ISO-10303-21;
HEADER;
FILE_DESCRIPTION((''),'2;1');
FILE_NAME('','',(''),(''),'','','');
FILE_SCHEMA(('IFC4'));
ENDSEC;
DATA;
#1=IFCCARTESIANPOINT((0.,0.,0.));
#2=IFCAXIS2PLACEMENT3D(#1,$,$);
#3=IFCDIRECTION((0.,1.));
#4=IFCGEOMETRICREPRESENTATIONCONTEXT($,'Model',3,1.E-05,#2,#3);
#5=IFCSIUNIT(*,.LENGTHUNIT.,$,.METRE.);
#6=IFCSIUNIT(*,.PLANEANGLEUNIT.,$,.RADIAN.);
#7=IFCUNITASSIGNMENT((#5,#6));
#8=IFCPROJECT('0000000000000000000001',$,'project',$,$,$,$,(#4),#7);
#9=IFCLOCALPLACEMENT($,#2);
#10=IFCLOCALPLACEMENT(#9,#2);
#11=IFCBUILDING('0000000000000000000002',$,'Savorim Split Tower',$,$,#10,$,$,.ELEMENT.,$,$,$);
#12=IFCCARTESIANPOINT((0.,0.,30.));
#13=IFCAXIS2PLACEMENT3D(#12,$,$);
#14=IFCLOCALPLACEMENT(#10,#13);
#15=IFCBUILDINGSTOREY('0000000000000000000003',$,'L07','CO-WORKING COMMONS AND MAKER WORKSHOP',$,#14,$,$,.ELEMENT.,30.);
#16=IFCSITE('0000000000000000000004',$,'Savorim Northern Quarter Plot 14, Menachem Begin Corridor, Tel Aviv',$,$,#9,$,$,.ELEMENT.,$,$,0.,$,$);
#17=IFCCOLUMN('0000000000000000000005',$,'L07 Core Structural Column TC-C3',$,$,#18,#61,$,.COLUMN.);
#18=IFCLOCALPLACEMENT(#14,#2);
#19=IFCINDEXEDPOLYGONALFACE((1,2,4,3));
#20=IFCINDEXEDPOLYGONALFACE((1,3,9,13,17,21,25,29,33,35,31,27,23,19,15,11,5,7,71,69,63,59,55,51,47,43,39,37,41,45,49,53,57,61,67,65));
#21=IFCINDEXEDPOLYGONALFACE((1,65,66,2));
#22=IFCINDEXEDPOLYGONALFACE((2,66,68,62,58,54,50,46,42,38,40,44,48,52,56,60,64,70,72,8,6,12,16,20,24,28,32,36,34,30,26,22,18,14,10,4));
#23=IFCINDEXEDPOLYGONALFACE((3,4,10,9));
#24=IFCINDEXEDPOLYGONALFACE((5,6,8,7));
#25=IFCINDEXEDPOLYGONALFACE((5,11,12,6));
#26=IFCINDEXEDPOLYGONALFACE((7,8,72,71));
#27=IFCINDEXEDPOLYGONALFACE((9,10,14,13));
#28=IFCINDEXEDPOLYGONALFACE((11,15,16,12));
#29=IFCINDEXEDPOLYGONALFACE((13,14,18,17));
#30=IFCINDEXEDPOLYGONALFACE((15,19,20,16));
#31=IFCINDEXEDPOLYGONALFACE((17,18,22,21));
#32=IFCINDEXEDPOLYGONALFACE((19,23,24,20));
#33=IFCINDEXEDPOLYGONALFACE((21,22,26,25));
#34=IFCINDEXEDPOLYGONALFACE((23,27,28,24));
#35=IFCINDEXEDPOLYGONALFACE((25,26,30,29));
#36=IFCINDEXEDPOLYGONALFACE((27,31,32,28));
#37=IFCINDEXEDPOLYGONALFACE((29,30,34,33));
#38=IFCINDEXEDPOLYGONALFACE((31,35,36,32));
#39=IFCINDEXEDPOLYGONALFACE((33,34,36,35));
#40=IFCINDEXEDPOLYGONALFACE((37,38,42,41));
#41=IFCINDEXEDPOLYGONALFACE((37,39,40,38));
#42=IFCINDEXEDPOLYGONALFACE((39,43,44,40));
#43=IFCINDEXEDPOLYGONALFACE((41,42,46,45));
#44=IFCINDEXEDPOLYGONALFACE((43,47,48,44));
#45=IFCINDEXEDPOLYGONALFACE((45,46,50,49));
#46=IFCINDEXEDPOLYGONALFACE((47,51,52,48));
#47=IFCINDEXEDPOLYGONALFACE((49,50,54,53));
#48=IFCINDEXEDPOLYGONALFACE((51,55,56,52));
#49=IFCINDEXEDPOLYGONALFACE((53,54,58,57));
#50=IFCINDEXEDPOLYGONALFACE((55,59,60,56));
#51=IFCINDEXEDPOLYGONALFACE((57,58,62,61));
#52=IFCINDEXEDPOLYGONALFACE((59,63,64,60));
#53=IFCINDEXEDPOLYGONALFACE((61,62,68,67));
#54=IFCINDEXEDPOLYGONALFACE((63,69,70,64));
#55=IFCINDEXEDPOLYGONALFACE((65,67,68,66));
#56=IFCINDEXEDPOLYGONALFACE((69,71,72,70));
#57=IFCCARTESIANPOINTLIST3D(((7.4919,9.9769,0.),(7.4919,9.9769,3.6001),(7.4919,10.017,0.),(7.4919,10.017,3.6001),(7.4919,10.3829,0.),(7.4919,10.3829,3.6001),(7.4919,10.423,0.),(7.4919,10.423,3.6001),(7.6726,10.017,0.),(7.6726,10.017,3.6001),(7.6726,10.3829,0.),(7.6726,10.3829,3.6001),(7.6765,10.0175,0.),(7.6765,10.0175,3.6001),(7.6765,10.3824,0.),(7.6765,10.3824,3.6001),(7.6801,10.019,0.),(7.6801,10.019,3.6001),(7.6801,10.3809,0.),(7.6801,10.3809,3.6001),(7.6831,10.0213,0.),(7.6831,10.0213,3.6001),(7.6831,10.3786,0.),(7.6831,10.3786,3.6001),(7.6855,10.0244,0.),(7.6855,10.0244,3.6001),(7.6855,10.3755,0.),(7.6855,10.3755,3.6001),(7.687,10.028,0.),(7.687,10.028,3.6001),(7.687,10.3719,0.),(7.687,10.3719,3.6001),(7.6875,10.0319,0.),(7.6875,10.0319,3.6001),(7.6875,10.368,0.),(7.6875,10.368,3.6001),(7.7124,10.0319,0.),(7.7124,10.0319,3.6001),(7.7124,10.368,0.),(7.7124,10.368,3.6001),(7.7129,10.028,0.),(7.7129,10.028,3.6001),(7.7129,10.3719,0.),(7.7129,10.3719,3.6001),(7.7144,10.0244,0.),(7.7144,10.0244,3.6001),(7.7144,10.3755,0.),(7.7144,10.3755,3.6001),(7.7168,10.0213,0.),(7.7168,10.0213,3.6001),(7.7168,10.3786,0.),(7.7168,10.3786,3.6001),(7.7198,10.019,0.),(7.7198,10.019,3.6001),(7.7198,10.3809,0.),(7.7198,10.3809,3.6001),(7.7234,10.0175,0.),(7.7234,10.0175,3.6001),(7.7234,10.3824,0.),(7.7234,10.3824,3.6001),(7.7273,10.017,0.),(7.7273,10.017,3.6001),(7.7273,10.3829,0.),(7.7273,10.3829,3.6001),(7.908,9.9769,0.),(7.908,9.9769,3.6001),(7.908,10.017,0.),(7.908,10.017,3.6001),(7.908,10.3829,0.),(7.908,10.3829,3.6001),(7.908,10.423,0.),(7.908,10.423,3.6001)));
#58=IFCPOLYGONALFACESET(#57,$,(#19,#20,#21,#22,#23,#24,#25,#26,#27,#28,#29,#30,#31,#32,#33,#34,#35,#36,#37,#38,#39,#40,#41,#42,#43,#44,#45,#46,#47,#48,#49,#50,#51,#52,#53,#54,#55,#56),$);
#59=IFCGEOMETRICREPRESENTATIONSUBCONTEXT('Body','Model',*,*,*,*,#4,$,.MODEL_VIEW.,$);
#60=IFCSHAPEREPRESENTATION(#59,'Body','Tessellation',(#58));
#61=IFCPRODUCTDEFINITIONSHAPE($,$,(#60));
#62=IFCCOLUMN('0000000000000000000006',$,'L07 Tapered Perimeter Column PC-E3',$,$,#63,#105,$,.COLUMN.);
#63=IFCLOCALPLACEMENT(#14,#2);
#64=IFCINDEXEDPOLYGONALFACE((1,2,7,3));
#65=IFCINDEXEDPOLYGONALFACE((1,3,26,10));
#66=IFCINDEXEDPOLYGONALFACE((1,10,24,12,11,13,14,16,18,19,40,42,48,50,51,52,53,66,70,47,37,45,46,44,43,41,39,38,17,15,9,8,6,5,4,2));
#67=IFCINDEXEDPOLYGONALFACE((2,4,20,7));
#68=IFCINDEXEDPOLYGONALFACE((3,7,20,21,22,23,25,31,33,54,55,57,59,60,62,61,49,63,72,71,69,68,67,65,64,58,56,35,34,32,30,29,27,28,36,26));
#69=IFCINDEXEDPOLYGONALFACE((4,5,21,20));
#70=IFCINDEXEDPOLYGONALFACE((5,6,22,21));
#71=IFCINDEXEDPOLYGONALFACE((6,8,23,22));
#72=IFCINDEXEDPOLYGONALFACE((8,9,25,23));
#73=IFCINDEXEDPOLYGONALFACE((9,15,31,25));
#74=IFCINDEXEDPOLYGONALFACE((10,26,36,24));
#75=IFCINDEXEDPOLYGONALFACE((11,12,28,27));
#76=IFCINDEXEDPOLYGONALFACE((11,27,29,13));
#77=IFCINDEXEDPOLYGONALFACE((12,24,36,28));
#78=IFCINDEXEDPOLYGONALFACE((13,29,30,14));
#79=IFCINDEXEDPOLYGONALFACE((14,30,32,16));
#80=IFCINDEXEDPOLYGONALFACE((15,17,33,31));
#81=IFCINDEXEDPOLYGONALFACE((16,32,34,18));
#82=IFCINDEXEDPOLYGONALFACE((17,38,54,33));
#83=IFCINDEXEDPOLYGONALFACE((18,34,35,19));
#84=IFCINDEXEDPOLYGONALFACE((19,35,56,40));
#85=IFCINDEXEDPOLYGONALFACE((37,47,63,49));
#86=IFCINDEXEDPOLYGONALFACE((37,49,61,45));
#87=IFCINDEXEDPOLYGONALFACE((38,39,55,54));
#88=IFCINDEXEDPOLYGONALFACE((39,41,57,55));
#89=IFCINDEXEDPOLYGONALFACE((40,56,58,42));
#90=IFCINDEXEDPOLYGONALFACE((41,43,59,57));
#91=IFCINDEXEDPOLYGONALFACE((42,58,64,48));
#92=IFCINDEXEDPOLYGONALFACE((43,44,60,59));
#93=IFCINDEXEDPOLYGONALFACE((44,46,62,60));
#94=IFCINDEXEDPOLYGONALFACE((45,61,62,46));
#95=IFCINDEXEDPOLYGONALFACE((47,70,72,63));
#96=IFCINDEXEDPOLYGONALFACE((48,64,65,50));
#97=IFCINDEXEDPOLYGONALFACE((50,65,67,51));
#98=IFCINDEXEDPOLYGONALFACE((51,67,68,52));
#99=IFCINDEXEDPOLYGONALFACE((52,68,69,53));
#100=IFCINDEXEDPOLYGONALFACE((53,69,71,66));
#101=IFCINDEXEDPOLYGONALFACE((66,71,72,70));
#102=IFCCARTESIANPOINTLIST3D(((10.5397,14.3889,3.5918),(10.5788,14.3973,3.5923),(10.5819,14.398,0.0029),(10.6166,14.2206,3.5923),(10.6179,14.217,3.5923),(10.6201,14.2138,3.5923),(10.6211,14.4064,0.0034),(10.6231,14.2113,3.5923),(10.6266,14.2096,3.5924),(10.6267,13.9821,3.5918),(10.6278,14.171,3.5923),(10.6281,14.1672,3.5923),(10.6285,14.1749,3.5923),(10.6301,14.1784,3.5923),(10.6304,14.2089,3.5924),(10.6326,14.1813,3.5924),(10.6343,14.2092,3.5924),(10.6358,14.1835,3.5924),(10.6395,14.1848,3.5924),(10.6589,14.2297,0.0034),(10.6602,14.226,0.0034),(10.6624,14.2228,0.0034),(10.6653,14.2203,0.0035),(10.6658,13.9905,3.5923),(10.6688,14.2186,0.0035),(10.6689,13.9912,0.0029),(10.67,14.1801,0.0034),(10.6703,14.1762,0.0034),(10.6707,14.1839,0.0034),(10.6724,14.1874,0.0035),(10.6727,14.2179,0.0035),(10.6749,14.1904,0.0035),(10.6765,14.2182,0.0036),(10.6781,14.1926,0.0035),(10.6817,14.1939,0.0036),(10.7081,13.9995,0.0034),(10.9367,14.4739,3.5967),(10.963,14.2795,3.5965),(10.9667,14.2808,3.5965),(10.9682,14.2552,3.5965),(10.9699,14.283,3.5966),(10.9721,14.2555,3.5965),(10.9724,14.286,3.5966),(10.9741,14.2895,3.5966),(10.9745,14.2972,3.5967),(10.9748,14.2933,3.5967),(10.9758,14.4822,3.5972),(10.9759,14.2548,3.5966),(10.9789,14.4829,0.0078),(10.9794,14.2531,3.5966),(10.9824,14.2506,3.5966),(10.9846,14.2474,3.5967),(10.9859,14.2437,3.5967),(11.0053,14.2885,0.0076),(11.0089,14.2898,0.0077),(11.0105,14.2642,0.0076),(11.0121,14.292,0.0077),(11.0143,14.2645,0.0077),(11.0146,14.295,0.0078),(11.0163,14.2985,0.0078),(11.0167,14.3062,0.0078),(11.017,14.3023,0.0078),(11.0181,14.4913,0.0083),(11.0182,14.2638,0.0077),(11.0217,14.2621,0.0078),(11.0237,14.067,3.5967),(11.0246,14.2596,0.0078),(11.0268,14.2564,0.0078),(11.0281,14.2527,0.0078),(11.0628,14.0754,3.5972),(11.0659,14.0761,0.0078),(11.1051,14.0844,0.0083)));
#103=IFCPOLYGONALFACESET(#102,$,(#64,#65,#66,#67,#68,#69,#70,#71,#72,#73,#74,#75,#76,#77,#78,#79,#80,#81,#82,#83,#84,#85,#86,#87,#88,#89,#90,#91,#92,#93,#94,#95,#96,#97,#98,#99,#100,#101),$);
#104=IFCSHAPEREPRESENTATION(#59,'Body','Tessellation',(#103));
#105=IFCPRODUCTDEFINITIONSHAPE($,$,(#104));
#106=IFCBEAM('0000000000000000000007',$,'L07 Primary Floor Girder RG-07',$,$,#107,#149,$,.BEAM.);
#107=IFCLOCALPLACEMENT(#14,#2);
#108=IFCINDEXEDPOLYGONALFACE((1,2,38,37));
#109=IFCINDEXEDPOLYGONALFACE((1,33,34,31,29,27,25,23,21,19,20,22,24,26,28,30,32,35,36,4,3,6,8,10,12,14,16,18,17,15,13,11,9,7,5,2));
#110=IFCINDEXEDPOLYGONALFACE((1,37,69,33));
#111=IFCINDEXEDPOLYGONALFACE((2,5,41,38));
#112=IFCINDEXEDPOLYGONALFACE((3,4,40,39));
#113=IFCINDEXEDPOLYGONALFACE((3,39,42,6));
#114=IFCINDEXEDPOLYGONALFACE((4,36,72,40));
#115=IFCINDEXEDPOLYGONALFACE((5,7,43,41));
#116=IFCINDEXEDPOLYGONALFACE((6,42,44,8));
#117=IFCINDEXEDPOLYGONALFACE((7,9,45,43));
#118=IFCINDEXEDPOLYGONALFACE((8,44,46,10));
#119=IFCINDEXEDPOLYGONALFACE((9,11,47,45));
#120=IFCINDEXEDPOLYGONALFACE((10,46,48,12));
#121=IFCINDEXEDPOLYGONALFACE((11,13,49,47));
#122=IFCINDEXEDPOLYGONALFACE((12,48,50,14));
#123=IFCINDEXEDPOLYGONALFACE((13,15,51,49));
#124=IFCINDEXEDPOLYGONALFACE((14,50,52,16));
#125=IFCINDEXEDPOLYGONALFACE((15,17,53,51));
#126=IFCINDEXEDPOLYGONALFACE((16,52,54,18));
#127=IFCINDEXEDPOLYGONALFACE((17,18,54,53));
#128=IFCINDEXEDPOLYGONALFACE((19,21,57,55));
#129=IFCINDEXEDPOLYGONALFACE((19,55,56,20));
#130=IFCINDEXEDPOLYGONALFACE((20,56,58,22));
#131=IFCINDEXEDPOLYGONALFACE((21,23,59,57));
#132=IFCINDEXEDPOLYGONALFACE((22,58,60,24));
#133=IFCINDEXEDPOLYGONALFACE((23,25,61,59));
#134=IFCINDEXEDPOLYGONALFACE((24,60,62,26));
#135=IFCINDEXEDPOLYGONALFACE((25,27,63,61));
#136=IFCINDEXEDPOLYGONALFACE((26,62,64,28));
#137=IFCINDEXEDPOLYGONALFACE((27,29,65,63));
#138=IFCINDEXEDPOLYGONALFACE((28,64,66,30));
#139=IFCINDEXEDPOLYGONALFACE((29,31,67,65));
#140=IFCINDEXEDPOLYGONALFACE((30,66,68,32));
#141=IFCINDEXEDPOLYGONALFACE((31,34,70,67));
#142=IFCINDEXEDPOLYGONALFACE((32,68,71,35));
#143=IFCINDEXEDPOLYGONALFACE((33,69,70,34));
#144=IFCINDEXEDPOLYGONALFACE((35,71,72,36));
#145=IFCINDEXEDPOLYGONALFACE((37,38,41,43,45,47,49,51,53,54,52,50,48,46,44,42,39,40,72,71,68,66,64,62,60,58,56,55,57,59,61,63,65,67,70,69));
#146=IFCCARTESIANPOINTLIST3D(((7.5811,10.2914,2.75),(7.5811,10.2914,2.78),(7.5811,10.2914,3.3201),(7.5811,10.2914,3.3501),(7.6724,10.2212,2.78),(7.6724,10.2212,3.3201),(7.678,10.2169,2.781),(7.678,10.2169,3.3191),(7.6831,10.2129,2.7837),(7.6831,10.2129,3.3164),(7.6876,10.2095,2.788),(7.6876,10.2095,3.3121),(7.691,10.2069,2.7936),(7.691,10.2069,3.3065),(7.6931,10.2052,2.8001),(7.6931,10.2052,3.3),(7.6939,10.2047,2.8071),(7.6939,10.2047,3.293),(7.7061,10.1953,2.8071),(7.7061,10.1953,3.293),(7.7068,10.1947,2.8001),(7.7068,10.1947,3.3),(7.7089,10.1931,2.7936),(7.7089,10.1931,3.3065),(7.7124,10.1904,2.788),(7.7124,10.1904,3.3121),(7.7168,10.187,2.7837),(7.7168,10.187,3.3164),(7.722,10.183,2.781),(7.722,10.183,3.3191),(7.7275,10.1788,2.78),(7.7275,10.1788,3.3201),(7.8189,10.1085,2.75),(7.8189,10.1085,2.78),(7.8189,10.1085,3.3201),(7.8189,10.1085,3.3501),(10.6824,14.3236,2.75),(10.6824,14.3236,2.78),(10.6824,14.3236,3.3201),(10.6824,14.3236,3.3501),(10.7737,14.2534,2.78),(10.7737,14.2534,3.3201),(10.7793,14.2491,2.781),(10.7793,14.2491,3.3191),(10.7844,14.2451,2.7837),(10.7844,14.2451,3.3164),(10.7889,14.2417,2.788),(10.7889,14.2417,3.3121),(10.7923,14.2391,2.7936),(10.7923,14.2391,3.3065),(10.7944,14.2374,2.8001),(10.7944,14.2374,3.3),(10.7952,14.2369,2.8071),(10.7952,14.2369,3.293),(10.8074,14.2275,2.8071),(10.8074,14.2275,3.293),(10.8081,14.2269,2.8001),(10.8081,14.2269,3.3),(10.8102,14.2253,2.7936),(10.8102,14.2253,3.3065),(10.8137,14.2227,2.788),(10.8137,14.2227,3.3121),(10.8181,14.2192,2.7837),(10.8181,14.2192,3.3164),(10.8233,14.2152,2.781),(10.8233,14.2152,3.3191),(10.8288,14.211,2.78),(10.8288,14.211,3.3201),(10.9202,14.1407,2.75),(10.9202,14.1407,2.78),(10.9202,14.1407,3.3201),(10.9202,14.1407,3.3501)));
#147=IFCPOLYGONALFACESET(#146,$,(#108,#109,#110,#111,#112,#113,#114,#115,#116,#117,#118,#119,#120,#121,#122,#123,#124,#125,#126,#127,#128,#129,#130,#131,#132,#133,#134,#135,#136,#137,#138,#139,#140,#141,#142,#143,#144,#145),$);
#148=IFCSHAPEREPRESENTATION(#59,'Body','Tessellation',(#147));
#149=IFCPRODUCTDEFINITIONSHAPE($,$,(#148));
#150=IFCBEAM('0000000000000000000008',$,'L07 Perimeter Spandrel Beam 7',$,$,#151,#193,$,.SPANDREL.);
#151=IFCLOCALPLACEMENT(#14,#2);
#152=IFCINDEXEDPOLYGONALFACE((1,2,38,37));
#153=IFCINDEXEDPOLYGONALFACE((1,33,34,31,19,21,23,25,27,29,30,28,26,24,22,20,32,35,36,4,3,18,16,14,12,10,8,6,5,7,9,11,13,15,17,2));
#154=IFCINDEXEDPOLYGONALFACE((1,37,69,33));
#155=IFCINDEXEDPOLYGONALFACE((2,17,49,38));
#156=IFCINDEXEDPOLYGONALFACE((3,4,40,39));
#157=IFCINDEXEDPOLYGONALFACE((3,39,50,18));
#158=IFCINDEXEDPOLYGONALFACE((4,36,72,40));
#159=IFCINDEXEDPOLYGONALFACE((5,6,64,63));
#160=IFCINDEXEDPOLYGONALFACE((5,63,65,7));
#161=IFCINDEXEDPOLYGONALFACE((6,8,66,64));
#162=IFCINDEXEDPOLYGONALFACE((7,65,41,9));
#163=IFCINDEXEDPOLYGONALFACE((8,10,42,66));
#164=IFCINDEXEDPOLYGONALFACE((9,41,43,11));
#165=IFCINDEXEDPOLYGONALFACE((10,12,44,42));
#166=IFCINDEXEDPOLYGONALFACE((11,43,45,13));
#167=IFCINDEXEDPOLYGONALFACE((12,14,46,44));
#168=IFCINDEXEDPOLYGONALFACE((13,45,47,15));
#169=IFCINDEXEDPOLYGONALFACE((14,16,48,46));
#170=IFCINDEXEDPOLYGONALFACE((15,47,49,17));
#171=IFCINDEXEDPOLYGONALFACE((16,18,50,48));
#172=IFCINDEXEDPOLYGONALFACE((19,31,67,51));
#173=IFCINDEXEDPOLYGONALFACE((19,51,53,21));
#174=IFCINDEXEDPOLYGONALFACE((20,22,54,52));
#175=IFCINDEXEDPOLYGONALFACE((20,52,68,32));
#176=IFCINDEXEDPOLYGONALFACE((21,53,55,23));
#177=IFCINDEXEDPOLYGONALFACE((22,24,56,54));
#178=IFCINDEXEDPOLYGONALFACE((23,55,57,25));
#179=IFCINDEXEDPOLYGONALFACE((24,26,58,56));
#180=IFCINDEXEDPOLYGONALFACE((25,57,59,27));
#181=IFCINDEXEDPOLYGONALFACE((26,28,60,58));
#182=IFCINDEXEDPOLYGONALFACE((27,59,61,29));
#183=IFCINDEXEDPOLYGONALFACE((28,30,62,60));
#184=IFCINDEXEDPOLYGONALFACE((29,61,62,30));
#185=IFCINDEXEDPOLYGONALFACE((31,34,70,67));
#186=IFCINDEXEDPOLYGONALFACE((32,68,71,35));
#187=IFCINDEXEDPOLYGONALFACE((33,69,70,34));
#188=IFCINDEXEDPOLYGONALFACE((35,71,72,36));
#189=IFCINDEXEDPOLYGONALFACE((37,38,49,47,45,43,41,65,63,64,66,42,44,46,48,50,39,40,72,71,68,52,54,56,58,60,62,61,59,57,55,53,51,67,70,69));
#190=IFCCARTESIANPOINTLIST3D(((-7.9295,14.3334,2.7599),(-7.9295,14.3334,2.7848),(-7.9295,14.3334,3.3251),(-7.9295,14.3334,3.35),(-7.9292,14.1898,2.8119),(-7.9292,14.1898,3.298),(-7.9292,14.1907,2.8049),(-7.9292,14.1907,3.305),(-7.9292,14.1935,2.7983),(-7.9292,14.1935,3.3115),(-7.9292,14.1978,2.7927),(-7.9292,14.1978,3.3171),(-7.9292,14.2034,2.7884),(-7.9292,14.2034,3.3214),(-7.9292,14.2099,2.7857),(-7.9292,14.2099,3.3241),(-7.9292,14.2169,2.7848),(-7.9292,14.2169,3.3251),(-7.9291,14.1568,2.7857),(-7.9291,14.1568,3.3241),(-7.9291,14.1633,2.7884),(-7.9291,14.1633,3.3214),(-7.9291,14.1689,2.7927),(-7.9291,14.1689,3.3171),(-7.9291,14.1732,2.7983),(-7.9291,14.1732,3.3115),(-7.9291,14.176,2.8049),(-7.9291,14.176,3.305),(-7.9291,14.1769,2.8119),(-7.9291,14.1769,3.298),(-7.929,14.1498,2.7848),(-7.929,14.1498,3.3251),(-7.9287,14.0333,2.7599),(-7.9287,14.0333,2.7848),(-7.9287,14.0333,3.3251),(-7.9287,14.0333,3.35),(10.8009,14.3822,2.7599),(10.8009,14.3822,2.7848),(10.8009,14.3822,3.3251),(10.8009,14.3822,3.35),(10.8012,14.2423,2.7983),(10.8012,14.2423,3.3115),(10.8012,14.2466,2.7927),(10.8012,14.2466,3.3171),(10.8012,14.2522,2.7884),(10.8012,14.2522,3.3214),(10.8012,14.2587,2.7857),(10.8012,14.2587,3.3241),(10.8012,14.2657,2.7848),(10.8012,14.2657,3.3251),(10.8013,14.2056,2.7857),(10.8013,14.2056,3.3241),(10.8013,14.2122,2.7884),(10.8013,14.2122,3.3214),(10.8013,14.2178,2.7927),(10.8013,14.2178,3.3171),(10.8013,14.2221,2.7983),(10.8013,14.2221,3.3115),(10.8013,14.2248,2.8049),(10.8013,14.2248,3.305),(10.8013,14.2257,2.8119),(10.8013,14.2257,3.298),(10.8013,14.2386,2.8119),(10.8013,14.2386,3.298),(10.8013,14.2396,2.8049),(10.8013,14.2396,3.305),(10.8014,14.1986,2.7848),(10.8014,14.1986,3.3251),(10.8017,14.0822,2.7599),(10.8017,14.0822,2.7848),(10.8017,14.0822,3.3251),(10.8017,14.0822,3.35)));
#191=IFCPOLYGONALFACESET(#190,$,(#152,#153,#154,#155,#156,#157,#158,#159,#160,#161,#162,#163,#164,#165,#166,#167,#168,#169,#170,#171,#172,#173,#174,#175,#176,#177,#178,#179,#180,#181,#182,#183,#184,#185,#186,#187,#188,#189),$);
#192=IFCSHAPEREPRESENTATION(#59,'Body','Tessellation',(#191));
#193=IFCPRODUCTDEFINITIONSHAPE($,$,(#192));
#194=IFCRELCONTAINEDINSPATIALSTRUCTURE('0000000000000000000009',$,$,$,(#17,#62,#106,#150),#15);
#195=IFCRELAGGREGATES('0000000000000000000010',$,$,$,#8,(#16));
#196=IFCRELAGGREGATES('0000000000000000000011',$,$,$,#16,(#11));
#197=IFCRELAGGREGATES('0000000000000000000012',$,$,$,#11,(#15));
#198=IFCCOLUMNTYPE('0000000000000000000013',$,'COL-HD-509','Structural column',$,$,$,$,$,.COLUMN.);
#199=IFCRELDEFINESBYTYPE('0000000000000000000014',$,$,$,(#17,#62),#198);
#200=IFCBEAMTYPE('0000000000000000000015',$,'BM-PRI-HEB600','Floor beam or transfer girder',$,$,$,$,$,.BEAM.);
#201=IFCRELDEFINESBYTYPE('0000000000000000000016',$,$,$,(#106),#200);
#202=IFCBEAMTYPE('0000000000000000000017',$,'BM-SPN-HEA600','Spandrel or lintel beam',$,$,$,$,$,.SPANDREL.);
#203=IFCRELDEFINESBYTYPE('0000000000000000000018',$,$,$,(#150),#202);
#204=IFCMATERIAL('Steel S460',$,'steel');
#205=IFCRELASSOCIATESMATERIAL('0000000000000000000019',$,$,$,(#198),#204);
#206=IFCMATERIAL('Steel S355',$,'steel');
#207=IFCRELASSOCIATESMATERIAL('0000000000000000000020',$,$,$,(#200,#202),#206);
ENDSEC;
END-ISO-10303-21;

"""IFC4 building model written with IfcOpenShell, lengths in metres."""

from ifc_helpers import new_model, si_unit, direction, frame, origin, origin_2d, place, context, subcontext, project, spatial, i_section, extrude, material, material_profile, profile_set, type_object, element, save


model = new_model("IFC4")

# Units and contexts
model_context = context("Model", 3, precision=1e-05, world=origin(), true_north=direction((0.0, 1.0)))
body_context = subcontext(model_context, "Body", "Model", "MODEL_VIEW")
ifc_project = project(units=[si_unit("LENGTHUNIT", "METRE"), si_unit("PLANEANGLEUNIT", "RADIAN")], contexts=[model_context])

# Site, building, storey
site_placement = place(None, origin())
site = spatial("IfcSite", under=ifc_project, at=site_placement, Name="Savorim Northern Quarter Plot 14, Menachem Begin Corridor, Tel Aviv", CompositionType="ELEMENT", RefElevation=0.0)
building_placement = place(site_placement, origin())
building = spatial("IfcBuilding", under=site, at=building_placement, Name="Savorim Split Tower", CompositionType="ELEMENT")
storey_placement = place(building_placement, frame((0.0, 0.0, 30.0)))
storey = spatial("IfcBuildingStorey", under=building, at=storey_placement, Name="L07", Description="CO-WORKING COMMONS AND MAKER WORKSHOP", CompositionType="ELEMENT", Elevation=30.0)

# Columns
ifc_material_1 = material(Name="Steel S460", Category="steel")
ifc_material_profile_1 = material_profile(ifc_material_1, i_section(OverallWidth=0.416, OverallDepth=0.446, WebThickness=0.0249, FlangeThickness=0.04, FilletRadius=0.0149, at=origin_2d()), Name="HD 400x509")
ifc_profile_set_1 = profile_set([ifc_material_profile_1], Name="Steel S460")
column_type = type_object("IfcColumnType", Name="COL-HD-509", Description="Structural column", PredefinedType="COLUMN", material=ifc_profile_set_1)
column_1_placement = place(storey_placement, frame((7.7, 10.2, 0.0), z_axis=(0.0, 0.0, 1.0), x_axis=(1.0, 0.0, 0.0)))
element("IfcColumn", 1, at=column_1_placement, inside=storey, type_object=column_type, Name="L07 Core Structural Column TC-C3", PredefinedType="COLUMN", context=body_context, shape_type="SweptSolid", body=[
    extrude(i_section(OverallWidth=0.416, OverallDepth=0.446, WebThickness=0.0249, FlangeThickness=0.04, FilletRadius=0.0149, at=origin_2d()), origin(), (0.0, 0.0, 1.0), 3.6001),
])
column_2_placement = place(storey_placement, frame((10.8435, 14.2412, 0.0056), z_axis=(-0.011768, -0.002517, 0.999928), x_axis=(0.209143, -0.977885, 0.0)))
element("IfcColumn", 2, at=column_2_placement, inside=storey, type_object=column_type, Name="L07 Tapered Perimeter Column PC-E3", PredefinedType="COLUMN", context=body_context, shape_type="SweptSolid", body=[
    extrude(i_section(OverallWidth=0.416, OverallDepth=0.446, WebThickness=0.0249, FlangeThickness=0.04, FilletRadius=0.0149, at=origin_2d()), origin(), (0.0, 0.0, 1.0), 3.5891),
])

# Beams
ifc_material_2 = material(Name="Steel S355", Category="steel")
ifc_material_profile_2 = material_profile(ifc_material_2, i_section(OverallWidth=0.3, OverallDepth=0.6001, WebThickness=0.0154, FlangeThickness=0.03, FilletRadius=0.0271, at=origin_2d()), Name="HEB 600")
ifc_profile_set_2 = profile_set([ifc_material_profile_2], Name="Steel S355")
beam_type_1 = type_object("IfcBeamType", Name="BM-PRI-HEB600", Description="Floor beam or transfer girder", PredefinedType="BEAM", material=ifc_profile_set_2)
beam_1_placement = place(storey_placement, frame((10.8013, 14.2322, 3.05), z_axis=(-0.609662, -0.792661, 0.0), x_axis=(0.792661, -0.609662, 0.0)))
element("IfcBeam", 3, at=beam_1_placement, inside=storey, type_object=beam_type_1, Name="L07 Primary Floor Girder RG-07", PredefinedType="BEAM", context=body_context, shape_type="SweptSolid", body=[
    extrude(i_section(OverallWidth=0.3, OverallDepth=0.6001, WebThickness=0.0154, FlangeThickness=0.03, FilletRadius=0.0271, at=origin_2d()), origin(), (0.0, 0.0, 1.0), 5.0869),
])
ifc_material_profile_3 = material_profile(ifc_material_2, i_section(OverallWidth=0.3, OverallDepth=0.5901, WebThickness=0.0129, FlangeThickness=0.0249, FilletRadius=0.0271, at=origin_2d()), Name="HEA 600")
ifc_profile_set_3 = profile_set([ifc_material_profile_3], Name="Steel S355")
beam_type_2 = type_object("IfcBeamType", Name="BM-SPN-HEA600", Description="Spandrel or lintel beam", PredefinedType="SPANDREL", material=ifc_profile_set_3)
beam_2_placement = place(storey_placement, frame((10.8013, 14.2322, 3.0549), z_axis=(-0.999997, -0.002607, 0.0), x_axis=(0.002607, -0.999997, 0.0)))
element("IfcBeam", 4, at=beam_2_placement, inside=storey, type_object=beam_type_2, Name="L07 Perimeter Spandrel Beam 7", PredefinedType="SPANDREL", context=body_context, shape_type="SweptSolid", body=[
    extrude(i_section(OverallWidth=0.3, OverallDepth=0.5901, WebThickness=0.0129, FlangeThickness=0.0249, FilletRadius=0.0271, at=origin_2d()), origin(), (0.0, 0.0, 1.0), 18.7305),
])

save(model, "model.ifc")
